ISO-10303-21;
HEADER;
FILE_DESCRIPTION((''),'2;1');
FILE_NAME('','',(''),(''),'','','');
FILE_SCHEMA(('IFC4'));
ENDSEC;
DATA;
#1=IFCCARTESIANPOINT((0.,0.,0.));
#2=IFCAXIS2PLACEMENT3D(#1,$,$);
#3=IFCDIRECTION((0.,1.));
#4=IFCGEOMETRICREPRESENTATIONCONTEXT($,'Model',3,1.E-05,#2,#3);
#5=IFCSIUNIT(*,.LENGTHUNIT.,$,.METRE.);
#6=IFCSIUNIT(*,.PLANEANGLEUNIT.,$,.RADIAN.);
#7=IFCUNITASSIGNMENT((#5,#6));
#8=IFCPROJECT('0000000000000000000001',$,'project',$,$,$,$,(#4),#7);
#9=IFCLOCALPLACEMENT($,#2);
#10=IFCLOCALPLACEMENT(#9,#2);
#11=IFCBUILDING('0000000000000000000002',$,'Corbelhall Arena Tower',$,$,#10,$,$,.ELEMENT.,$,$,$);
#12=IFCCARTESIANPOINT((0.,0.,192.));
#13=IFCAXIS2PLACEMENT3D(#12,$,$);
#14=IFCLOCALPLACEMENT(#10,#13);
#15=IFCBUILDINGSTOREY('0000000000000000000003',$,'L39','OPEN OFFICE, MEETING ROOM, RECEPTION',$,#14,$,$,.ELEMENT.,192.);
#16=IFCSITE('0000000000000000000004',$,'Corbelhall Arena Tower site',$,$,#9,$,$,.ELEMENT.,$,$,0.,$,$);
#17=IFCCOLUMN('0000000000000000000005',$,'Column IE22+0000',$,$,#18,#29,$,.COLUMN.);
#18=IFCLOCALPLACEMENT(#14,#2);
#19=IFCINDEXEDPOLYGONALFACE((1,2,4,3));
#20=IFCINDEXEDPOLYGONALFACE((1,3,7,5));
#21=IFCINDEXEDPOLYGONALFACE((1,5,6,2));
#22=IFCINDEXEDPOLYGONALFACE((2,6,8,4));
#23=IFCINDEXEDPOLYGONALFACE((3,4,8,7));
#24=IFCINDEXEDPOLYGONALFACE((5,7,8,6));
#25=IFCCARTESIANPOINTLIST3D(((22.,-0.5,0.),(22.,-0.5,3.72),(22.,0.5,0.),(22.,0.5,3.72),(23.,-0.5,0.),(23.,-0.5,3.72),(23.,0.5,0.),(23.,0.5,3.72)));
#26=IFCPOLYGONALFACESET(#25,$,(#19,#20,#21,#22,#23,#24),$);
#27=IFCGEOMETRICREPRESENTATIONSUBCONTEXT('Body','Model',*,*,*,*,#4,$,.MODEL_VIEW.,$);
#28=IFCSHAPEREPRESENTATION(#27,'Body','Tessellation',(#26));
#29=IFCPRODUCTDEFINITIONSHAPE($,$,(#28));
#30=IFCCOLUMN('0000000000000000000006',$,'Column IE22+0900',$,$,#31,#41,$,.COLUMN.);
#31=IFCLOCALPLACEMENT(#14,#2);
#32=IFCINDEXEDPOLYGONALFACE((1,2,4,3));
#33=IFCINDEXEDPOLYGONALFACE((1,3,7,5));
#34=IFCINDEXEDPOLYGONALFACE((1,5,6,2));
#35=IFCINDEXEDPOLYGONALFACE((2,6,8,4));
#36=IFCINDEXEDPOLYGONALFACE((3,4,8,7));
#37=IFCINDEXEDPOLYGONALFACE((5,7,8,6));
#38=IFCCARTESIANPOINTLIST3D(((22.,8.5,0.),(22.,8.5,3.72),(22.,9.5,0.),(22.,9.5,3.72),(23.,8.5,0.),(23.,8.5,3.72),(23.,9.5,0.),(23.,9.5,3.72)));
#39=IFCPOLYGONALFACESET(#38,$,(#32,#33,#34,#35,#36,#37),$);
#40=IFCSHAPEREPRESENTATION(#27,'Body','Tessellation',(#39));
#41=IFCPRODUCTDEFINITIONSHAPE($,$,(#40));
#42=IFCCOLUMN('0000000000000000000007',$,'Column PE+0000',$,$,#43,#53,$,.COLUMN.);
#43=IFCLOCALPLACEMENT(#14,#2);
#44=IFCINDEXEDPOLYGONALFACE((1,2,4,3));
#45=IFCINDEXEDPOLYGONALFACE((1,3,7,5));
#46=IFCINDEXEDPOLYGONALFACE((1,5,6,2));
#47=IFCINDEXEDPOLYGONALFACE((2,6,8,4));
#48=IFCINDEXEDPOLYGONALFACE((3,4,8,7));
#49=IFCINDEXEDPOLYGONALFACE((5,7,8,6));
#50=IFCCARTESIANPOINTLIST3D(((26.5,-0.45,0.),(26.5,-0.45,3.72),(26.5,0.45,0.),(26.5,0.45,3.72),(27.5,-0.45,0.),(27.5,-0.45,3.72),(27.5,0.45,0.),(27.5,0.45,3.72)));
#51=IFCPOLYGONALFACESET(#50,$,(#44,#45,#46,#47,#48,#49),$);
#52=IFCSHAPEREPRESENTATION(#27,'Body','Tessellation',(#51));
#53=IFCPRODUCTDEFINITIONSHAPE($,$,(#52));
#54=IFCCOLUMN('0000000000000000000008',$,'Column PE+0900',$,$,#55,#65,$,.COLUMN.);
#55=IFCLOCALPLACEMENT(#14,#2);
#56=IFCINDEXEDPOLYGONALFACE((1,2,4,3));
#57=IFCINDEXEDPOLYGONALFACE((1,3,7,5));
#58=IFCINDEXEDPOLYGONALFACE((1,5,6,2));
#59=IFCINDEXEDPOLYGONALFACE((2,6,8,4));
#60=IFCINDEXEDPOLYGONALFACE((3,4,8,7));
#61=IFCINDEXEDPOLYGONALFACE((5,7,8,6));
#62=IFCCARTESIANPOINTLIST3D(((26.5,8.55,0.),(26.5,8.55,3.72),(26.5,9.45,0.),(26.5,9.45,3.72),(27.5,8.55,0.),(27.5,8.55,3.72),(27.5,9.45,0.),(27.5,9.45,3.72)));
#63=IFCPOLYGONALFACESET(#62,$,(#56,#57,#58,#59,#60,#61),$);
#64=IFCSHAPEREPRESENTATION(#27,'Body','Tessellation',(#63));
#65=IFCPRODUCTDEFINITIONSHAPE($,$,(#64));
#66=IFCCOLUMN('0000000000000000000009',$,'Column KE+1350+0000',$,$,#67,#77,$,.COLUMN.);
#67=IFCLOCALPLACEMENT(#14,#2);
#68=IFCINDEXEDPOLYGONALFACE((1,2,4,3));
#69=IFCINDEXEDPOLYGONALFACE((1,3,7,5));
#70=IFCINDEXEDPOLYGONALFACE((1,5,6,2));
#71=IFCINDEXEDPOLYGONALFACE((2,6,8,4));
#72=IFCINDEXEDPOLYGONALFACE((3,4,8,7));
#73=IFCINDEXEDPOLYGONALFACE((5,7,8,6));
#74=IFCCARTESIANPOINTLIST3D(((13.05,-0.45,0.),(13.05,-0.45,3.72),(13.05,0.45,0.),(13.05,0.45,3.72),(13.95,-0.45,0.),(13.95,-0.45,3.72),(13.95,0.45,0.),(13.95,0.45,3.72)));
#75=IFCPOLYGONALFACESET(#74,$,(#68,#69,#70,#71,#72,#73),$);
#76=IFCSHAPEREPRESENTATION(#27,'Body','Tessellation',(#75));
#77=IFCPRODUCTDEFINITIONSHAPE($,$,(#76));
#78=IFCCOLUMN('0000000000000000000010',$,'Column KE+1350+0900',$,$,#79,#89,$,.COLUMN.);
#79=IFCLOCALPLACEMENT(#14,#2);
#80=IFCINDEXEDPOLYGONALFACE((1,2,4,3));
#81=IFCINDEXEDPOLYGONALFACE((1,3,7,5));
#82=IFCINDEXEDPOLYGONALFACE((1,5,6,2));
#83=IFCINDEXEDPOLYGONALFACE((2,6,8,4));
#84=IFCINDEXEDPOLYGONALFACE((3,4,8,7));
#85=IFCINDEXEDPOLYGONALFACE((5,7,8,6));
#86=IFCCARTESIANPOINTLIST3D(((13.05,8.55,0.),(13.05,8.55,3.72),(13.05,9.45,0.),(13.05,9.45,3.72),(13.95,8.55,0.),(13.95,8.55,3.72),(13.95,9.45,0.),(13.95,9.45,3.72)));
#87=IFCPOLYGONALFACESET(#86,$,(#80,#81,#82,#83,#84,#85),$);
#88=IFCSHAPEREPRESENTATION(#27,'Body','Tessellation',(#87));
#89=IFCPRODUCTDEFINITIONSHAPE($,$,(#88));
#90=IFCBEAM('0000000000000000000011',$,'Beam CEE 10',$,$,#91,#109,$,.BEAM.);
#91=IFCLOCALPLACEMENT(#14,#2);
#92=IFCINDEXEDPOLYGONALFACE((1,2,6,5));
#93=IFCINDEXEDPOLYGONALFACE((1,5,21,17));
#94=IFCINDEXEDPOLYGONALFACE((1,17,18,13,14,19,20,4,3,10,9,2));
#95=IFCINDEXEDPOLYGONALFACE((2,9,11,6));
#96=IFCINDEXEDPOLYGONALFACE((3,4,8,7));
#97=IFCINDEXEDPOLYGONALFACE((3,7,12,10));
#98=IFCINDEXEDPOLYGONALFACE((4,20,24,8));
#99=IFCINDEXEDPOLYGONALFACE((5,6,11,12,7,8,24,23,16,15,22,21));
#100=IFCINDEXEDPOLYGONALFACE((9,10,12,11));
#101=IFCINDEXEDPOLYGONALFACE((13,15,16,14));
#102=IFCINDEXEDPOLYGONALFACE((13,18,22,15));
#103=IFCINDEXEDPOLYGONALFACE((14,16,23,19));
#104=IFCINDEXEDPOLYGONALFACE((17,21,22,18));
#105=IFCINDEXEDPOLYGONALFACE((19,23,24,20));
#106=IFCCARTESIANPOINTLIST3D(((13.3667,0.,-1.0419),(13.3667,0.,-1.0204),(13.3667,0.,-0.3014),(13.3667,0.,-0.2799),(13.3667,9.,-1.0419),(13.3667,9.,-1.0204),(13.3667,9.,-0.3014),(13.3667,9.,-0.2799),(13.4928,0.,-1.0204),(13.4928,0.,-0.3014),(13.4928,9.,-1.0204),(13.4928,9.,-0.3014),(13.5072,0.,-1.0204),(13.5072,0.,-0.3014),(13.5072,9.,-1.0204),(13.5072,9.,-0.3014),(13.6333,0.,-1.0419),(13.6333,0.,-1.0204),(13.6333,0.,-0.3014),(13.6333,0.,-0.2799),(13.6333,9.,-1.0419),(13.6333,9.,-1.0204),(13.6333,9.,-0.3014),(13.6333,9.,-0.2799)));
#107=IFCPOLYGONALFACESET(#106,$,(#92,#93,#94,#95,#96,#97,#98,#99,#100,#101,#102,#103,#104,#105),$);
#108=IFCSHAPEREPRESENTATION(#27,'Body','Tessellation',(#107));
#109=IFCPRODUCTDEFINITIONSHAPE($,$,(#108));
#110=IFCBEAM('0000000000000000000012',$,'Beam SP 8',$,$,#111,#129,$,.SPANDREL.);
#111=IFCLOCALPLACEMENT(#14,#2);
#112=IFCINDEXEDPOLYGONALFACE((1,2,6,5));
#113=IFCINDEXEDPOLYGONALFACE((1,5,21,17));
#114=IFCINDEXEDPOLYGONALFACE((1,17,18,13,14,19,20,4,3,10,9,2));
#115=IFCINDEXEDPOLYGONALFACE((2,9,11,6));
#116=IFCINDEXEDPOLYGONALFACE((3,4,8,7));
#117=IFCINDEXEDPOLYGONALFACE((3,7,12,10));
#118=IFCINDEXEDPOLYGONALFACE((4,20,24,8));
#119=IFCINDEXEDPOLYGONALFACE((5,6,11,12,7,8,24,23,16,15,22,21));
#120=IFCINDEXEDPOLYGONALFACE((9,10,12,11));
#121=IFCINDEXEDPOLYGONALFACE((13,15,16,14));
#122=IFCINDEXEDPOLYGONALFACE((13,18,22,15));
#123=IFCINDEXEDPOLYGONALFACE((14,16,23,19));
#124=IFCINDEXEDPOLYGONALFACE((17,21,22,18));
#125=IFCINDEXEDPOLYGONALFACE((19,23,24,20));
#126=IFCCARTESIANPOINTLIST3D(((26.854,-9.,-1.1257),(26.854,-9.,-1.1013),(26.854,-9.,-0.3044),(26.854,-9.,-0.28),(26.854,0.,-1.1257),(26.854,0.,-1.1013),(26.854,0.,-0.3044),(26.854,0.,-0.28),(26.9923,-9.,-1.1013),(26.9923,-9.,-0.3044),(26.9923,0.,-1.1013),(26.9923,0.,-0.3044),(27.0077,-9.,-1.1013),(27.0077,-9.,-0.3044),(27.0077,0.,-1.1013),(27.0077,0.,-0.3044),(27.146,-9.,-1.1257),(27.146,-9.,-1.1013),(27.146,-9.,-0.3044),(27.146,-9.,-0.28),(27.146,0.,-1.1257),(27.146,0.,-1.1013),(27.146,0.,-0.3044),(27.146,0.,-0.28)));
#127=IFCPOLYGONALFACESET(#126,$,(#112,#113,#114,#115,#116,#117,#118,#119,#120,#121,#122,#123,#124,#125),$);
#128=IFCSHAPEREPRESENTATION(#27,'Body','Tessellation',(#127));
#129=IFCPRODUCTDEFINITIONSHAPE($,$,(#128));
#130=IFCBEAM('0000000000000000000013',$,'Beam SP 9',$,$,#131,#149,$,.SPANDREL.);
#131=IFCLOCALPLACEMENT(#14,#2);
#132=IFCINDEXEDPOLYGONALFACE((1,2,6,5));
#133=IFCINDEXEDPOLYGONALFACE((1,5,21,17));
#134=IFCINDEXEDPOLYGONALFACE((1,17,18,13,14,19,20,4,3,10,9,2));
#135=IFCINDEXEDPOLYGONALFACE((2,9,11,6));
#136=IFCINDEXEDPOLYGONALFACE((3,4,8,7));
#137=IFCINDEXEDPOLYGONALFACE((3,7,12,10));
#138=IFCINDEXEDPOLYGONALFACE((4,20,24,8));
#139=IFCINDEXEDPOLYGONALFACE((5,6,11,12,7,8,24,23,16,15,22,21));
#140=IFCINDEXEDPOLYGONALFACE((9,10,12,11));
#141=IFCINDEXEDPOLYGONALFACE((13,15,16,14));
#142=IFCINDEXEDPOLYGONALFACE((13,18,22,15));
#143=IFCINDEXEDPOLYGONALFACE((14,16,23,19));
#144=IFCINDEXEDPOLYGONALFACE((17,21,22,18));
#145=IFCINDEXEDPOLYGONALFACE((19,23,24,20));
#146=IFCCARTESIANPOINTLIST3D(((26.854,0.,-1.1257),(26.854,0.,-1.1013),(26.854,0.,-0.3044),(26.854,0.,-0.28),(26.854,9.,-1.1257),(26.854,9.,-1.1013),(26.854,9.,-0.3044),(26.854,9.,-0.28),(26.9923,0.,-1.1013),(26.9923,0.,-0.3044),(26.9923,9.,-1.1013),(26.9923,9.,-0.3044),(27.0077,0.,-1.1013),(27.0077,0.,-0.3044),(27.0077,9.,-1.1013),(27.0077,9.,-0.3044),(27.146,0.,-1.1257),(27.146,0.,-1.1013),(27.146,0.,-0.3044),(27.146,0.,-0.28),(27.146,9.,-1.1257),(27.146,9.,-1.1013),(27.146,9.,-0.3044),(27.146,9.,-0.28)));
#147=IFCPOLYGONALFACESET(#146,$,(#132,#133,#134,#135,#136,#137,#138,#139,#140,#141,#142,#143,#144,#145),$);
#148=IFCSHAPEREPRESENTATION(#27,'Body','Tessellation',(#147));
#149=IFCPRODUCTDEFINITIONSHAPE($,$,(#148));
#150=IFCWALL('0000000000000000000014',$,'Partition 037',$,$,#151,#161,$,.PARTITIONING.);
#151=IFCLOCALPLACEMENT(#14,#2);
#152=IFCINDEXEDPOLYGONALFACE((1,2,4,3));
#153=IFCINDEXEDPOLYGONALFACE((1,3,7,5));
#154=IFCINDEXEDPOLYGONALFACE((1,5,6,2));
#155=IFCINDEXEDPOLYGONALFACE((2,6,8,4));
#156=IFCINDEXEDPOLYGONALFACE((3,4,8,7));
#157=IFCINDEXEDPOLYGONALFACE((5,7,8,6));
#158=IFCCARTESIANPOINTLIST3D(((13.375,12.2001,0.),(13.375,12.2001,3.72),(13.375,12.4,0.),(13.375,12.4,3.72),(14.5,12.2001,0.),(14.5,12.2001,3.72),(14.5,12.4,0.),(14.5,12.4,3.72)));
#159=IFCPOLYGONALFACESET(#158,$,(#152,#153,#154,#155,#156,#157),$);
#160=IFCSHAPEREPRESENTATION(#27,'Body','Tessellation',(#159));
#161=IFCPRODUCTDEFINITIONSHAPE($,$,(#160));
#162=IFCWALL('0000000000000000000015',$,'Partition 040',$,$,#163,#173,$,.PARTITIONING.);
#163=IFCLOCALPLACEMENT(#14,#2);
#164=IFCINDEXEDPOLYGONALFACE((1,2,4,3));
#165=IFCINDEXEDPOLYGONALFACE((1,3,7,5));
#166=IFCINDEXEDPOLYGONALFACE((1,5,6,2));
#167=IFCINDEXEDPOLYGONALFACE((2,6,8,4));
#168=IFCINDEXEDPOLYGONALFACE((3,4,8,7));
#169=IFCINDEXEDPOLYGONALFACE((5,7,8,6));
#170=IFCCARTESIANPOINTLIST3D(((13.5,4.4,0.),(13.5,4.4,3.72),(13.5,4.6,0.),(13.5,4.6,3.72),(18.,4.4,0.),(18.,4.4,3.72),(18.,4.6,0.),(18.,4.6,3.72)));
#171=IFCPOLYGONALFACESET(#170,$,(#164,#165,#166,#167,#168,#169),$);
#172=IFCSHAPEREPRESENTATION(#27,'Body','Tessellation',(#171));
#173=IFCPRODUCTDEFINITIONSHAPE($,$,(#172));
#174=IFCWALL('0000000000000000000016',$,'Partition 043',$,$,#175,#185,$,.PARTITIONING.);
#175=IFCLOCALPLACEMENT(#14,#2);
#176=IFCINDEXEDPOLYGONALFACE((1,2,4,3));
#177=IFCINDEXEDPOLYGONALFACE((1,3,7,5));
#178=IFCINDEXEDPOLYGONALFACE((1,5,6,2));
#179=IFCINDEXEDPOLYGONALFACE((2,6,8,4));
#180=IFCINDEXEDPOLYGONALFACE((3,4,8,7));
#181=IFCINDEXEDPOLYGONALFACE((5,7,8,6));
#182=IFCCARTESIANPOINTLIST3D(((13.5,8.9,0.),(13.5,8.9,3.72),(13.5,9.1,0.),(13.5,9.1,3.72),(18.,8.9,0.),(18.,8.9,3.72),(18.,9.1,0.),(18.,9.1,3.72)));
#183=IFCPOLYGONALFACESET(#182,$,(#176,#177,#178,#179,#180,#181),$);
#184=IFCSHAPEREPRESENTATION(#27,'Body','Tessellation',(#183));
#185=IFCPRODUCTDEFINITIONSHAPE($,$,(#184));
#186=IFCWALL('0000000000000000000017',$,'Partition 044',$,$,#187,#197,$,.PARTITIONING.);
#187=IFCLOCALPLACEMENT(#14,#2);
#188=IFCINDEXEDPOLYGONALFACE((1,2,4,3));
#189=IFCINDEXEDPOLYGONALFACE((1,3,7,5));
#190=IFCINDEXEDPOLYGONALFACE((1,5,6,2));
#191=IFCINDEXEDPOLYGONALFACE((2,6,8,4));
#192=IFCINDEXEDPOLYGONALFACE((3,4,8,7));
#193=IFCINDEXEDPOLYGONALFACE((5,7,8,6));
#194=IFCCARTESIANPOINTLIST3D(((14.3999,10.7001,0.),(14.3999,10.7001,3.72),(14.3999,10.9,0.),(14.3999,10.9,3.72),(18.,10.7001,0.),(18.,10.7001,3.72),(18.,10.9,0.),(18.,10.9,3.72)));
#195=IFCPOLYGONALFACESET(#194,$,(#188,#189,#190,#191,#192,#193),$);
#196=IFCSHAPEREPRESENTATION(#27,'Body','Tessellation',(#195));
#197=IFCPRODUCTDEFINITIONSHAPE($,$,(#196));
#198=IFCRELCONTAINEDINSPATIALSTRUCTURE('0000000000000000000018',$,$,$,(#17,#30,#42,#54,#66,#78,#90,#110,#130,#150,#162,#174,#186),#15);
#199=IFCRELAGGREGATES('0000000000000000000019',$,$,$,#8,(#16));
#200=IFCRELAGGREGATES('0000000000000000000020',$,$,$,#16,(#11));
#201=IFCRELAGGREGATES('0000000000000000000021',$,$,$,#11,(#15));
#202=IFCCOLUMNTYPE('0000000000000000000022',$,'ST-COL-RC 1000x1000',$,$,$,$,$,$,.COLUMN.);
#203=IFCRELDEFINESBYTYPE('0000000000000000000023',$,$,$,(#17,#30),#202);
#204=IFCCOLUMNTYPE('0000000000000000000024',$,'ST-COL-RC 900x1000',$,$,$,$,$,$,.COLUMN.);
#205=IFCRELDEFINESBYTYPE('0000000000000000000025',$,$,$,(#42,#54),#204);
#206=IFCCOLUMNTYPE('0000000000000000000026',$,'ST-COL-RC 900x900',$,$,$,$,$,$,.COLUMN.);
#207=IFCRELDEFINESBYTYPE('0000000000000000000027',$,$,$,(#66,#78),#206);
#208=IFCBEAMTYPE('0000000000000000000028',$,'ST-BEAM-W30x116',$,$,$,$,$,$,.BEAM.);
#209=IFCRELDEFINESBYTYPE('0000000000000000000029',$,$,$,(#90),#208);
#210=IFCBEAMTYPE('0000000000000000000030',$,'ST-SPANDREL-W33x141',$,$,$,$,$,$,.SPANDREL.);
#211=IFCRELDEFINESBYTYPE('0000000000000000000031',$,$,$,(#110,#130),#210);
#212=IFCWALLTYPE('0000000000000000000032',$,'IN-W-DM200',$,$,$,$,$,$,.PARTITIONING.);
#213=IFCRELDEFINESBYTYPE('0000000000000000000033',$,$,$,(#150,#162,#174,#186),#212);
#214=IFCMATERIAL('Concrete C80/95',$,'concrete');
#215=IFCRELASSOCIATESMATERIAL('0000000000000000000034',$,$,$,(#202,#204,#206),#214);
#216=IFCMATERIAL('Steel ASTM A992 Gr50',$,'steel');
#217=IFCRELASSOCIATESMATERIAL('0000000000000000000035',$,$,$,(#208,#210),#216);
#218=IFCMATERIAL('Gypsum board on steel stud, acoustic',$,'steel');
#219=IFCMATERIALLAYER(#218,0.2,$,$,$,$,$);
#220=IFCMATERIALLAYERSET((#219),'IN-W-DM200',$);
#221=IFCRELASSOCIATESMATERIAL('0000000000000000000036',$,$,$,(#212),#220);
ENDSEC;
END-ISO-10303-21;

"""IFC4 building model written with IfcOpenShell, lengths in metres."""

from ifc_helpers import new_model, si_unit, direction, frame, frame_2d, origin, origin_2d, place, context, subcontext, project, spatial, rectangle, i_section, extrude, material, layer, layer_set, material_profile, profile_set, type_object, element, save


model = new_model("IFC4")

# Units and contexts
model_context = context("Model", 3, precision=1e-05, world=origin(), true_north=direction((0.0, 1.0)))
body_context = subcontext(model_context, "Body", "Model", "MODEL_VIEW")
ifc_project = project(units=[si_unit("LENGTHUNIT", "METRE"), si_unit("PLANEANGLEUNIT", "RADIAN")], contexts=[model_context])

# Site, building, storey
site_placement = place(None, origin())
site = spatial("IfcSite", under=ifc_project, at=site_placement, Name="Corbelhall Arena Tower site", CompositionType="ELEMENT", RefElevation=0.0)
building_placement = place(site_placement, origin())
building = spatial("IfcBuilding", under=site, at=building_placement, Name="Corbelhall Arena Tower", CompositionType="ELEMENT")
storey_placement = place(building_placement, frame((0.0, 0.0, 192.0)))
storey = spatial("IfcBuildingStorey", under=building, at=storey_placement, Name="L39", Description="OPEN OFFICE, MEETING ROOM, RECEPTION", CompositionType="ELEMENT", Elevation=192.0)

# Columns
ifc_material_1 = material(Name="Concrete C80/95", Category="concrete")
ifc_material_profile_1 = material_profile(ifc_material_1, rectangle(XDim=1.0, YDim=1.0, at=origin_2d()))
ifc_profile_set_1 = profile_set([ifc_material_profile_1], Name="Concrete C80/95")
column_type_1 = type_object("IfcColumnType", Name="ST-COL-RC 1000x1000", PredefinedType="COLUMN", material=ifc_profile_set_1)
for number, where, z_axis, x_axis, name in (
    (1, (22.5, 0.0, 0.0), (0.0, 0.0, 1.0), (1.0, 0.0, 0.0), "Column IE22+0000"),
    (2, (22.5, 9.0, 0.0), (0.0, 0.0, 1.0), (1.0, 0.0, 0.0), "Column IE22+0900"),
):
    element("IfcColumn", number, at=place(storey_placement, frame(where, z_axis=z_axis, x_axis=x_axis)), inside=storey, type_object=column_type_1, Name=name, PredefinedType="COLUMN", context=body_context, shape_type="SweptSolid", body=[
        extrude(rectangle(XDim=1.0, YDim=1.0, at=origin_2d()), origin(), (0.0, 0.0, 1.0), 3.72),
    ])
ifc_material_profile_2 = material_profile(ifc_material_1, rectangle(XDim=0.8999, YDim=1.0, at=origin_2d()))
ifc_profile_set_2 = profile_set([ifc_material_profile_2], Name="Concrete C80/95")
column_type_2 = type_object("IfcColumnType", Name="ST-COL-RC 900x1000", PredefinedType="COLUMN", material=ifc_profile_set_2)
for number, where, z_axis, x_axis, name in (
    (3, (27.0, 0.0, 0.0), (0.0, 0.0, 1.0), (0.0, 1.0, 0.0), "Column PE+0000"),
    (4, (27.0, 9.0, 0.0), (0.0, 0.0, 1.0), (0.0, 1.0, 0.0), "Column PE+0900"),
):
    element("IfcColumn", number, at=place(storey_placement, frame(where, z_axis=z_axis, x_axis=x_axis)), inside=storey, type_object=column_type_2, Name=name, PredefinedType="COLUMN", context=body_context, shape_type="SweptSolid", body=[
        extrude(rectangle(XDim=0.8999, YDim=1.0, at=origin_2d()), origin(), (0.0, 0.0, 1.0), 3.72),
    ])
ifc_material_profile_3 = material_profile(ifc_material_1, rectangle(XDim=0.8999, YDim=0.8999, at=origin_2d()))
ifc_profile_set_3 = profile_set([ifc_material_profile_3], Name="Concrete C80/95")
column_type_3 = type_object("IfcColumnType", Name="ST-COL-RC 900x900", PredefinedType="COLUMN", material=ifc_profile_set_3)
for number, where, z_axis, x_axis, name in (
    (5, (13.5, 0.0, 0.0), (0.0, 0.0, 1.0), (1.0, 0.0, 0.0), "Column KE+1350+0000"),
    (6, (13.5, 9.0, 0.0), (0.0, 0.0, 1.0), (1.0, 0.0, 0.0), "Column KE+1350+0900"),
):
    element("IfcColumn", number, at=place(storey_placement, frame(where, z_axis=z_axis, x_axis=x_axis)), inside=storey, type_object=column_type_3, Name=name, PredefinedType="COLUMN", context=body_context, shape_type="SweptSolid", body=[
        extrude(rectangle(XDim=0.8999, YDim=0.8999, at=origin_2d()), origin(), (0.0, 0.0, 1.0), 3.72),
    ])

# Beams
ifc_material_2 = material(Name="Steel ASTM A992 Gr50", Category="steel")
ifc_material_profile_4 = material_profile(ifc_material_2, i_section(OverallWidth=0.2666, OverallDepth=0.762, WebThickness=0.0144, FlangeThickness=0.0215, at=origin_2d()))
ifc_profile_set_4 = profile_set([ifc_material_profile_4], Name="Steel ASTM A992 Gr50")
beam_type_1 = type_object("IfcBeamType", Name="ST-BEAM-W30x116", PredefinedType="BEAM", material=ifc_profile_set_4)
beam_placement = place(storey_placement, frame((13.5, 0.0, -0.6609), z_axis=(0.0, 1.0, 0.0), x_axis=(-1.0, 0.0, 0.0)))
element("IfcBeam", 7, at=beam_placement, inside=storey, type_object=beam_type_1, Name="Beam CEE 10", PredefinedType="BEAM", context=body_context, shape_type="SweptSolid", body=[
    extrude(i_section(OverallWidth=0.2666, OverallDepth=0.762, WebThickness=0.0144, FlangeThickness=0.0215, at=origin_2d()), origin(), (0.0, 0.0, 1.0), 9.0),
])
ifc_material_profile_5 = material_profile(ifc_material_2, i_section(OverallWidth=0.292, OverallDepth=0.8457, WebThickness=0.0154, FlangeThickness=0.0244, at=origin_2d()))
ifc_profile_set_5 = profile_set([ifc_material_profile_5], Name="Steel ASTM A992 Gr50")
beam_type_2 = type_object("IfcBeamType", Name="ST-SPANDREL-W33x141", PredefinedType="SPANDREL", material=ifc_profile_set_5)
for number, where, z_axis, x_axis, name in (
    (8, (27.0, 0.0, -0.7029), (0.0, -1.0, 0.0), (1.0, 0.0, 0.0), "Beam SP 8"),
    (9, (27.0, 9.0, -0.7029), (0.0, -1.0, 0.0), (1.0, 0.0, 0.0), "Beam SP 9"),
):
    element("IfcBeam", number, at=place(storey_placement, frame(where, z_axis=z_axis, x_axis=x_axis)), inside=storey, type_object=beam_type_2, Name=name, PredefinedType="SPANDREL", context=body_context, shape_type="SweptSolid", body=[
        extrude(i_section(OverallWidth=0.292, OverallDepth=0.8457, WebThickness=0.0154, FlangeThickness=0.0244, at=origin_2d()), origin(), (0.0, 0.0, 1.0), 9.0),
    ])

# Walls
ifc_material_3 = material(Name="Gypsum board on steel stud, acoustic", Category="steel")
ifc_layer_1 = layer(ifc_material_3, 0.2)
ifc_layer_set_1 = layer_set([ifc_layer_1], Name="IN-W-DM200")
wall_type_1 = type_object("IfcWallType", Name="IN-W-DM200", PredefinedType="PARTITIONING", material=ifc_layer_set_1)
wall_1_placement = place(storey_placement, frame((13.375, 12.3, 0.0), z_axis=(0.0, 0.0, 1.0), x_axis=(1.0, 0.0, 0.0)))
element("IfcWall", 10, at=wall_1_placement, inside=storey, type_object=wall_type_1, Name="Partition 037", PredefinedType="PARTITIONING", context=body_context, shape_type="SweptSolid", body=[
    extrude(rectangle(XDim=1.125, YDim=0.2, at=frame_2d((0.5625, 0.0))), origin(), (0.0, 0.0, 1.0), 3.72),
])
for number, where, z_axis, x_axis, name in (
    (11, (13.5, 4.5, 0.0), (0.0, 0.0, 1.0), (1.0, 0.0, 0.0), "Partition 040"),
    (12, (18.0, 9.0, 0.0), (0.0, 0.0, 1.0), (-1.0, 0.0, 0.0), "Partition 043"),
):
    element("IfcWall", number, at=place(storey_placement, frame(where, z_axis=z_axis, x_axis=x_axis)), inside=storey, type_object=wall_type_1, Name=name, PredefinedType="PARTITIONING", context=body_context, shape_type="SweptSolid", body=[
        extrude(rectangle(XDim=4.5, YDim=0.2, at=frame_2d((2.25, 0.0))), origin(), (0.0, 0.0, 1.0), 3.72),
    ])
wall_2_placement = place(storey_placement, frame((14.3999, 10.8, 0.0), z_axis=(0.0, 0.0, 1.0), x_axis=(1.0, 0.0, 0.0)))
element("IfcWall", 13, at=wall_2_placement, inside=storey, type_object=wall_type_1, Name="Partition 044", PredefinedType="PARTITIONING", context=body_context, shape_type="SweptSolid", body=[
    extrude(rectangle(XDim=3.6001, YDim=0.2, at=frame_2d((1.8, 0.0))), origin(), (0.0, 0.0, 1.0), 3.72),
])

save(model, "model.ifc")
